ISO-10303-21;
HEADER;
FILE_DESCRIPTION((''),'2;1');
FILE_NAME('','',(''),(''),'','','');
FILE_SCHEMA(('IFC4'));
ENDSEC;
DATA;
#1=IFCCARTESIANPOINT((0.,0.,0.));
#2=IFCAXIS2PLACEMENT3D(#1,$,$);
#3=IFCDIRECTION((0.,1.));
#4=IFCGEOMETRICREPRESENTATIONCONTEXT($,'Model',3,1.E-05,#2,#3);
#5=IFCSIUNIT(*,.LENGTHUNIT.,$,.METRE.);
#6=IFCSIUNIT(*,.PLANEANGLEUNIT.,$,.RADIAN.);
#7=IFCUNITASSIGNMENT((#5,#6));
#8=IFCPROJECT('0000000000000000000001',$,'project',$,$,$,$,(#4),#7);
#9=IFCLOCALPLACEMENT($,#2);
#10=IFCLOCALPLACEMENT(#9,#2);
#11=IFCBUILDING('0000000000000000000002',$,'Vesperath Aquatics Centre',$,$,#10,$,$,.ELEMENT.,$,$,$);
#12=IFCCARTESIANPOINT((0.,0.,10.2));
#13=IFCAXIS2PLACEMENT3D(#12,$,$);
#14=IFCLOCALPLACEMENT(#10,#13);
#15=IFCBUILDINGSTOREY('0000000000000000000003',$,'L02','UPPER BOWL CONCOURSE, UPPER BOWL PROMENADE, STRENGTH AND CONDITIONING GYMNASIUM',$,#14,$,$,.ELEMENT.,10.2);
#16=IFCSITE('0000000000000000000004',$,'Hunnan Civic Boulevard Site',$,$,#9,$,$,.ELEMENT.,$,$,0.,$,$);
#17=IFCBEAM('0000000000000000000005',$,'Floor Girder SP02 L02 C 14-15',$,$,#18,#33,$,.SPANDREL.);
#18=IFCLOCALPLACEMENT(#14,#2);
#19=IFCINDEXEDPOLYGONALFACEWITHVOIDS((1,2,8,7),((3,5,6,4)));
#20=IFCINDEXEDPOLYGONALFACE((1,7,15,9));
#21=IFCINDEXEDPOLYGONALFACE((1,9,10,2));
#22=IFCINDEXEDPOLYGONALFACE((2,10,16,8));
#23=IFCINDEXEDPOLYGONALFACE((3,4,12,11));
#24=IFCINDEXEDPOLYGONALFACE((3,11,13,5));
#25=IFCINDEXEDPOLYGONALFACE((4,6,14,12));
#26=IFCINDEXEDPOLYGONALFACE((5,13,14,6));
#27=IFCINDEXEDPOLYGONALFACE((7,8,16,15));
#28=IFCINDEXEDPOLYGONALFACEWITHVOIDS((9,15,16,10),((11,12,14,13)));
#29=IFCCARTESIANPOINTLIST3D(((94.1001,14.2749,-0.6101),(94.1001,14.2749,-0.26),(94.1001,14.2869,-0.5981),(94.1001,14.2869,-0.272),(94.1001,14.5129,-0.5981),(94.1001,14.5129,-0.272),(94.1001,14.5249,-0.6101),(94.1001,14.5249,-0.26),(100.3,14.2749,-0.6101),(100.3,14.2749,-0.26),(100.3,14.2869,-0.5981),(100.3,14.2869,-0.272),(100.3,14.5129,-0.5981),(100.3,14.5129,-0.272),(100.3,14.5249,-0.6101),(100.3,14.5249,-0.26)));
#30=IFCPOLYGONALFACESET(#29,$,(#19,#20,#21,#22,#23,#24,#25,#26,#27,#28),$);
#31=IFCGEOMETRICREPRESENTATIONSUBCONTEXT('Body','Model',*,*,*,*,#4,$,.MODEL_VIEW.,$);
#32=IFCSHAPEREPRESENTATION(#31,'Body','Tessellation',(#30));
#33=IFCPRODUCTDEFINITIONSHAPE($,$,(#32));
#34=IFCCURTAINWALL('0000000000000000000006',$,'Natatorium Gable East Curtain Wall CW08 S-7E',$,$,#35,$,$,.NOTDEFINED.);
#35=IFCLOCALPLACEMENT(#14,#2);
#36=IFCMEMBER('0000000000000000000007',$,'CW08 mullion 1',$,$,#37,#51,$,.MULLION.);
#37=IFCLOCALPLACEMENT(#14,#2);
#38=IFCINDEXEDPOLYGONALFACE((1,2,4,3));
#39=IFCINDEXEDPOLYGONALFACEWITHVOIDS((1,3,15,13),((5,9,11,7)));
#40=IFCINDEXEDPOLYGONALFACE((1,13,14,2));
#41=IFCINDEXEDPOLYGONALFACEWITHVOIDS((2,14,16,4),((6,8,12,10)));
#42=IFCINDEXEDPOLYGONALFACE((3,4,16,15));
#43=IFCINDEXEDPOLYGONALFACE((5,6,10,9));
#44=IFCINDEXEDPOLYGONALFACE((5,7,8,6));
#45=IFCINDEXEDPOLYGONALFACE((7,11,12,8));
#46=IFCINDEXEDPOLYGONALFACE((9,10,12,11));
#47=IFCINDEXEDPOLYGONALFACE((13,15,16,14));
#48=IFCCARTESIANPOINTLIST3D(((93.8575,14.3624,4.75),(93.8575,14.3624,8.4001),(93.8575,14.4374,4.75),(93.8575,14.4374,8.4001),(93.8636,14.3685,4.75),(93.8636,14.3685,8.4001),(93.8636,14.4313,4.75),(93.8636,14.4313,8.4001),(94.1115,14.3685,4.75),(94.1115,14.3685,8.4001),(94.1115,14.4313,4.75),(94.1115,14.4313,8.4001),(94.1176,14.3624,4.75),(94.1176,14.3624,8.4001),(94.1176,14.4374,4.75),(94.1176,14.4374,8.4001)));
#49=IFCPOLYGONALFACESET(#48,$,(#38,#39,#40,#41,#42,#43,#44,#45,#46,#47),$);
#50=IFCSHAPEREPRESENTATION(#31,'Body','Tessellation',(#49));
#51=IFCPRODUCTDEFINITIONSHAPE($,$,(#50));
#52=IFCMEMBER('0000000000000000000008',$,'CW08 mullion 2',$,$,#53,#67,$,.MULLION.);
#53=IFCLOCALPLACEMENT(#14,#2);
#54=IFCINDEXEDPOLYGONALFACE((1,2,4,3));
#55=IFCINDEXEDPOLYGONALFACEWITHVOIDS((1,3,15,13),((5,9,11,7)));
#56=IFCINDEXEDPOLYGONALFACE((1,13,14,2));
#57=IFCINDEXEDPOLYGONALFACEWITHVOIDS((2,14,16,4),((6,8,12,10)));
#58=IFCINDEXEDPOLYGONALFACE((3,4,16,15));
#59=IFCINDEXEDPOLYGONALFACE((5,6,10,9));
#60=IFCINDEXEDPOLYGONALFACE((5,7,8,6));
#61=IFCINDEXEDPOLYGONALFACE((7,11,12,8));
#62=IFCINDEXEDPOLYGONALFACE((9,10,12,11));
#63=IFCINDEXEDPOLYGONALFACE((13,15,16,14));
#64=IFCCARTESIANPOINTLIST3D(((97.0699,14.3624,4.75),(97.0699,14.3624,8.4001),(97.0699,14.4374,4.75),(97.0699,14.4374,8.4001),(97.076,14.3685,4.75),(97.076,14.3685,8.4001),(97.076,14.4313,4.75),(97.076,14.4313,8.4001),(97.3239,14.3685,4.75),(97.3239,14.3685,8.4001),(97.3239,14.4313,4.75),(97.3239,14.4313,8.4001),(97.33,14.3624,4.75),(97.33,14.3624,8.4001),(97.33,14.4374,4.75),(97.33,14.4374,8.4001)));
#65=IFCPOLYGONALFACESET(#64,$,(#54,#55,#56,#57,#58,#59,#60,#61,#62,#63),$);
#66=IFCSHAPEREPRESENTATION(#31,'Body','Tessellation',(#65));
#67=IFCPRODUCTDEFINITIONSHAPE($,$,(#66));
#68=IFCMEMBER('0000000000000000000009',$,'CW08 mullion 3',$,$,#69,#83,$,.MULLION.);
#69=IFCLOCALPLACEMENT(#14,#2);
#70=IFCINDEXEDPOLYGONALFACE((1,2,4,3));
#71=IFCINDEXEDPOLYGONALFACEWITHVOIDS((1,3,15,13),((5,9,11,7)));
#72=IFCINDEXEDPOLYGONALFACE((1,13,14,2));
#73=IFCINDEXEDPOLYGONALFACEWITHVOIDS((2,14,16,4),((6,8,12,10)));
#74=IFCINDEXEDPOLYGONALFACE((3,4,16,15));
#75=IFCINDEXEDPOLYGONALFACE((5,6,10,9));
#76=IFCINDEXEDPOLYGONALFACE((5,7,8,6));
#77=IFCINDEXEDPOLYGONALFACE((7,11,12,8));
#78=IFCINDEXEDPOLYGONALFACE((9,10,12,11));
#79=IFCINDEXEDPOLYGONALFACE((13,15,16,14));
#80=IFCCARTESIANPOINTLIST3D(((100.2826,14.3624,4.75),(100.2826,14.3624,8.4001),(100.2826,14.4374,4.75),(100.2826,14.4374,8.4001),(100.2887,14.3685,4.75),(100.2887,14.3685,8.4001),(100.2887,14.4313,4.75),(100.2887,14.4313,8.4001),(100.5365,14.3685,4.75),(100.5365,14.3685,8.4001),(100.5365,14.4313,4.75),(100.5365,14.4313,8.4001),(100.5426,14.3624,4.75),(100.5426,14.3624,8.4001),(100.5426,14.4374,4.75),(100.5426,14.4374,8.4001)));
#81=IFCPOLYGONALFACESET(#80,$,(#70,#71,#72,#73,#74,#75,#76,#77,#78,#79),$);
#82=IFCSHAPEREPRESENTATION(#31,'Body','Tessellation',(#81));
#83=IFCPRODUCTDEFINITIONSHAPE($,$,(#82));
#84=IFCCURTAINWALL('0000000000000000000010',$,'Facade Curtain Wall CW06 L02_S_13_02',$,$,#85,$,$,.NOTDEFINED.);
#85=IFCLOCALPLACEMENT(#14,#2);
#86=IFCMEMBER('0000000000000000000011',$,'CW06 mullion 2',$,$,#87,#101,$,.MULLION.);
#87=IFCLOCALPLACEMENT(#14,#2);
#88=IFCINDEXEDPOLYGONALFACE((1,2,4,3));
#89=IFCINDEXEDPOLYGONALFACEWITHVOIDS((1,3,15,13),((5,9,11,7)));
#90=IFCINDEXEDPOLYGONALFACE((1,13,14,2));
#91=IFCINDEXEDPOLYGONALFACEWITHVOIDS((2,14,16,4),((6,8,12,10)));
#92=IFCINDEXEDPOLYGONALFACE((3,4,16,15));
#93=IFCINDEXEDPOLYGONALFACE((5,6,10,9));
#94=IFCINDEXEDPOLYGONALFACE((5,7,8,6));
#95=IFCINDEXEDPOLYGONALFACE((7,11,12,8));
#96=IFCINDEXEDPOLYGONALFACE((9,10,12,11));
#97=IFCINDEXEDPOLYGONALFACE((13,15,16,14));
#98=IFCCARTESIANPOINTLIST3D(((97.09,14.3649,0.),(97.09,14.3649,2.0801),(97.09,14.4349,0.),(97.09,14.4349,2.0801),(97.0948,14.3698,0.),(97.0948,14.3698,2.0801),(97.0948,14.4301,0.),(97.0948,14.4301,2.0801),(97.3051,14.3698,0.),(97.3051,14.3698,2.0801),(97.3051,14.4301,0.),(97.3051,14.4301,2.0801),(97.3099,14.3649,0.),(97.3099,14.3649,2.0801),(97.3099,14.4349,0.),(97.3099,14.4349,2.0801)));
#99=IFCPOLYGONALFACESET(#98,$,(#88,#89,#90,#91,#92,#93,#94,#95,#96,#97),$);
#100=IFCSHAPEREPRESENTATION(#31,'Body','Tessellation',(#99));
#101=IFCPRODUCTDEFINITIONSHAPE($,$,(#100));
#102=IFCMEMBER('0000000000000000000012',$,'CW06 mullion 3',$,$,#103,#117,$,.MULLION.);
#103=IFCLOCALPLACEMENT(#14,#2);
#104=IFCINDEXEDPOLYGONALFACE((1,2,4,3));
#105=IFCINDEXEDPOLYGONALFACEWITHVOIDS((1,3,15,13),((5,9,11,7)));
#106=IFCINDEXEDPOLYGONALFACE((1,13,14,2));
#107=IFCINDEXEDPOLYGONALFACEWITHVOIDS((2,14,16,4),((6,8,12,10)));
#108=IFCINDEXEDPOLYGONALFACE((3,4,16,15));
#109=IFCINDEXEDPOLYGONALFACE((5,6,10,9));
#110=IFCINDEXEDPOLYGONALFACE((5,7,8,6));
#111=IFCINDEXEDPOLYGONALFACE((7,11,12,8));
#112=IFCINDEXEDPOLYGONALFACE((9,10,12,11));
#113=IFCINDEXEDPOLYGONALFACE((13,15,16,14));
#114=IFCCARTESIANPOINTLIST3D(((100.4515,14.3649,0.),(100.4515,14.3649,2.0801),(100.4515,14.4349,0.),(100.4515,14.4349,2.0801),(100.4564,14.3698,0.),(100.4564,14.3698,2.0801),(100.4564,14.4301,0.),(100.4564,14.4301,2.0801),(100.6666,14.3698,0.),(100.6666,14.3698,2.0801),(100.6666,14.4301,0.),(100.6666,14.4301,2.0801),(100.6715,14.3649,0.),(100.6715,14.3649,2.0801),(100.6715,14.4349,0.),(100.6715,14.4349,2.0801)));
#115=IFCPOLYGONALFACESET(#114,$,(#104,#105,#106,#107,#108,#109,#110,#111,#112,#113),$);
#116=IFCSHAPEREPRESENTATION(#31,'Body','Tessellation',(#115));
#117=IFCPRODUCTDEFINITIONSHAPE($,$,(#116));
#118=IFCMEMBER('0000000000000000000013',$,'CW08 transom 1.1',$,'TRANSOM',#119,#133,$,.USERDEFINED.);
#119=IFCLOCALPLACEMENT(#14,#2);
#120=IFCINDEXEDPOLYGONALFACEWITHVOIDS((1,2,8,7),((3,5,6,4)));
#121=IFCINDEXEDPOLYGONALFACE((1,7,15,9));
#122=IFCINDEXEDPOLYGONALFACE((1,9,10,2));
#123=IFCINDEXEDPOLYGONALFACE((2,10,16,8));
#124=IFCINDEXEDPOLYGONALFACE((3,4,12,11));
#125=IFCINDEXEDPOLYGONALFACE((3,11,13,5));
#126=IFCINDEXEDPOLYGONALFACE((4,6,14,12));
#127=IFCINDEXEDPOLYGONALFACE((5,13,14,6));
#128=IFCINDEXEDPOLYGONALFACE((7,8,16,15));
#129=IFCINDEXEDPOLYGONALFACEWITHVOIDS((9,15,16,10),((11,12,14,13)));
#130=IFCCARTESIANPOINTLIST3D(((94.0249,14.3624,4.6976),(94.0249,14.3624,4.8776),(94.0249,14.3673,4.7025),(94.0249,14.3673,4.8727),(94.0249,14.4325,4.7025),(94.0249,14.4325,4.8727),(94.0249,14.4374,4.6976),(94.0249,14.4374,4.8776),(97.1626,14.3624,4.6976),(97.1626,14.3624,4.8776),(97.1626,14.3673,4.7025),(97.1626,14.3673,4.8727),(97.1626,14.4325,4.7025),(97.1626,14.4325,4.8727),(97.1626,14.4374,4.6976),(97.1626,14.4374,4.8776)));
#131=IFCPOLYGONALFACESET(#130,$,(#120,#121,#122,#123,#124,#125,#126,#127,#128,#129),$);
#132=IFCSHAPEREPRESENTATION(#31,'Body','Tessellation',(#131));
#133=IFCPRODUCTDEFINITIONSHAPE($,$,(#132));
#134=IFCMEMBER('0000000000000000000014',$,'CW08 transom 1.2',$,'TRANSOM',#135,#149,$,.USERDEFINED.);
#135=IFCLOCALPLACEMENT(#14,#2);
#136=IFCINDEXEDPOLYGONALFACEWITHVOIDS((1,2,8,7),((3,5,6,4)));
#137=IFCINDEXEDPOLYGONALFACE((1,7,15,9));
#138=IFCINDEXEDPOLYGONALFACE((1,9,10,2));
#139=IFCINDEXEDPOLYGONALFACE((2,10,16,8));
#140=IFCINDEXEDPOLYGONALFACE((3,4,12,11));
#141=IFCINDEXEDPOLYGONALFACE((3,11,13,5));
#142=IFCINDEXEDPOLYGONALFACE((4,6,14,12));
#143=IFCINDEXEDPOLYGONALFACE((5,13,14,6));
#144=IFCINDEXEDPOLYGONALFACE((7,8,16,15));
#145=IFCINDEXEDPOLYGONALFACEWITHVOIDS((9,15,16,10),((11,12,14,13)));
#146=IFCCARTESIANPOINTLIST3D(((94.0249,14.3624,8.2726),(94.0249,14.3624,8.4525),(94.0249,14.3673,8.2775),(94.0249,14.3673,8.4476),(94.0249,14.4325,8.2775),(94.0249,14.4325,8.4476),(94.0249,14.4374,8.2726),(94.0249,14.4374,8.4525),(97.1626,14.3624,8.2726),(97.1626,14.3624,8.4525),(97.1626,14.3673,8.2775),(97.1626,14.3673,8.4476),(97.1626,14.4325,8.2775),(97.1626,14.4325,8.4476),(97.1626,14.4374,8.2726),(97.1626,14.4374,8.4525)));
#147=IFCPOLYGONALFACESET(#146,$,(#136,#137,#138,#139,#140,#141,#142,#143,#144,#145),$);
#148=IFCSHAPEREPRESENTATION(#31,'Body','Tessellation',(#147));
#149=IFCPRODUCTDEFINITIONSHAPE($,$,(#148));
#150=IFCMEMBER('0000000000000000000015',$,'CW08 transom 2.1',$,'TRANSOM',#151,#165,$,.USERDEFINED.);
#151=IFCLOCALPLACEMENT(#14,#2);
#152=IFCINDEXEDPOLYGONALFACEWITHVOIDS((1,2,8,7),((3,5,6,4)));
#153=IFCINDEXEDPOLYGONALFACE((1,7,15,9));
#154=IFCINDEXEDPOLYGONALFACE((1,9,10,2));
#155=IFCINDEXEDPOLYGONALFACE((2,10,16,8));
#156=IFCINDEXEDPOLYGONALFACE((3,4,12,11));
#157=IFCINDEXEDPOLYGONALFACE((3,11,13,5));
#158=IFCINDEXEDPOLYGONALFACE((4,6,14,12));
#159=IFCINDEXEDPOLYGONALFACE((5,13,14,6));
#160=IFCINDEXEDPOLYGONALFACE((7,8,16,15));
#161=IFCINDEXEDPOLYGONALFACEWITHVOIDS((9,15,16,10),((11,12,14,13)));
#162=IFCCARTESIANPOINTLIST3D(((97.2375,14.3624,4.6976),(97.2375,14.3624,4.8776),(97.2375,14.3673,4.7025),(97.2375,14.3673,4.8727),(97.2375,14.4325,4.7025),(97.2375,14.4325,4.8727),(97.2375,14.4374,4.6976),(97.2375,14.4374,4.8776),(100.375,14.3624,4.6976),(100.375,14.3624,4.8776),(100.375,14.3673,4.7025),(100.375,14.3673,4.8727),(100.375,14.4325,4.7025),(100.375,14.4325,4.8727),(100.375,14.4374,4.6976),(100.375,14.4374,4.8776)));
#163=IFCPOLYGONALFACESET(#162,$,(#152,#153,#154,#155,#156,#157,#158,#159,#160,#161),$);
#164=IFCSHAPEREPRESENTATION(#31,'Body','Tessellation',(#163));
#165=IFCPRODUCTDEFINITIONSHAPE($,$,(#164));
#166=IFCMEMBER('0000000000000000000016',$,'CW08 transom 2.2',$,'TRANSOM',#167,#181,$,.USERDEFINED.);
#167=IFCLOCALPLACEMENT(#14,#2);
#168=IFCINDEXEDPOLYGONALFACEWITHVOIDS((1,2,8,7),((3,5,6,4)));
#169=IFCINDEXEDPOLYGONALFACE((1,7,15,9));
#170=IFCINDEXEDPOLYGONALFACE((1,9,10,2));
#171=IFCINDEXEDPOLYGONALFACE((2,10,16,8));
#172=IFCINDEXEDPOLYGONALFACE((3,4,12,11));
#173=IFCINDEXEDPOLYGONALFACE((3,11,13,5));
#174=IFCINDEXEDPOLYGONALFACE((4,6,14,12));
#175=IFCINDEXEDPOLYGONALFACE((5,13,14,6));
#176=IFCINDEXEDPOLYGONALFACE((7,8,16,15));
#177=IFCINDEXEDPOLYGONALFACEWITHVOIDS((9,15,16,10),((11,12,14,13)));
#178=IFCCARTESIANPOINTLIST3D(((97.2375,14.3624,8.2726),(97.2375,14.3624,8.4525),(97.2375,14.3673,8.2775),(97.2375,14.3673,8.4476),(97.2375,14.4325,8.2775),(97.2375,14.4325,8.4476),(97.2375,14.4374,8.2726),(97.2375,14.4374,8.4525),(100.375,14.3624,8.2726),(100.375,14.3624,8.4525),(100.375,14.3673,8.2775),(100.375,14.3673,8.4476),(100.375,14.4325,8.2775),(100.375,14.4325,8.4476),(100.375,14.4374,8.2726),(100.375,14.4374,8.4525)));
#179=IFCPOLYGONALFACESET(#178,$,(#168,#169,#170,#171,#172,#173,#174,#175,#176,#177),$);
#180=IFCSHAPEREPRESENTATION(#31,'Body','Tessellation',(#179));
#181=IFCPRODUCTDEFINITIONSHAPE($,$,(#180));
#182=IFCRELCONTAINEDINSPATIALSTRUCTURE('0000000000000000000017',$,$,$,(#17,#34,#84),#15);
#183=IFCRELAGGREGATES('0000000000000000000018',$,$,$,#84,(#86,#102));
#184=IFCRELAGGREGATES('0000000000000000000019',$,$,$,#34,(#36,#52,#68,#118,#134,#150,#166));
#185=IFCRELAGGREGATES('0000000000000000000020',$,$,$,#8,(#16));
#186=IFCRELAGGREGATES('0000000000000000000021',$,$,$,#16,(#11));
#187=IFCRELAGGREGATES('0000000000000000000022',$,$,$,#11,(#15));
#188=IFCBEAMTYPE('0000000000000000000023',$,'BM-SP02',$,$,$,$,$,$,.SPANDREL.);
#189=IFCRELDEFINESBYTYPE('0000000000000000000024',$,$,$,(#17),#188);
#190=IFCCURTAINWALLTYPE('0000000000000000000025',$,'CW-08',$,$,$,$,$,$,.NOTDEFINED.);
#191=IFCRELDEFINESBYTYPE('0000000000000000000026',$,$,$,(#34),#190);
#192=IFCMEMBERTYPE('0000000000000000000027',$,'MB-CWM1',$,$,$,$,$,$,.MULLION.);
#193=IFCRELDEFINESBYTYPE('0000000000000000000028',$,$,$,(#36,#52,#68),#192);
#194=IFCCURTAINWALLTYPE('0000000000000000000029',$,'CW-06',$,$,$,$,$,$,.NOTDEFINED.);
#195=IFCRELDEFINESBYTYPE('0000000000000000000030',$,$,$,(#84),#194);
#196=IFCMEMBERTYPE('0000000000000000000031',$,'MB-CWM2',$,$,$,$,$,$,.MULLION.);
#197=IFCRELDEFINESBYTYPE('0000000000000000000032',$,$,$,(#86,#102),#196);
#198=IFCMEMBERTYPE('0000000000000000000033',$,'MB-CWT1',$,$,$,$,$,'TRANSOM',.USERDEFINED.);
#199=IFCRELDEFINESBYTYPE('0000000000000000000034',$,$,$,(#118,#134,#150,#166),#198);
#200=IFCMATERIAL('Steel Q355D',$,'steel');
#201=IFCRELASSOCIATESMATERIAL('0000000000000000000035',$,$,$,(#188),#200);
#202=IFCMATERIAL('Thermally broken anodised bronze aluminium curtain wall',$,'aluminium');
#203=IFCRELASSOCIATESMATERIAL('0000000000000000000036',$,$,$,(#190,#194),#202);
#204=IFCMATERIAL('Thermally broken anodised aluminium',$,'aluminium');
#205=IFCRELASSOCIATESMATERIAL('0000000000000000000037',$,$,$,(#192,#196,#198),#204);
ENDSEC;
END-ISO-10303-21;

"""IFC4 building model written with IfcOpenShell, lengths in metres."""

from ifc_helpers import new_model, si_unit, direction, frame, origin, origin_2d, place, context, subcontext, project, spatial, hollow_rectangle, extrude, material, material_profile, profile_set, type_object, element, aggregate, save


model = new_model("IFC4")

# Units and contexts
model_context = context("Model", 3, precision=1e-05, world=origin(), true_north=direction((0.0, 1.0)))
body_context = subcontext(model_context, "Body", "Model", "MODEL_VIEW")
ifc_project = project(units=[si_unit("LENGTHUNIT", "METRE"), si_unit("PLANEANGLEUNIT", "RADIAN")], contexts=[model_context])

# Site, building, storey
site_placement = place(None, origin())
site = spatial("IfcSite", under=ifc_project, at=site_placement, Name="Hunnan Civic Boulevard Site", CompositionType="ELEMENT", RefElevation=0.0)
building_placement = place(site_placement, origin())
building = spatial("IfcBuilding", under=site, at=building_placement, Name="Vesperath Aquatics Centre", CompositionType="ELEMENT")
storey_placement = place(building_placement, frame((0.0, 0.0, 10.2)))
storey = spatial("IfcBuildingStorey", under=building, at=storey_placement, Name="L02", Description="UPPER BOWL CONCOURSE, UPPER BOWL PROMENADE, STRENGTH AND CONDITIONING GYMNASIUM", CompositionType="ELEMENT", Elevation=10.2)

# Shared definitions
ifc_material_1 = material(Name="Steel Q355D", Category="steel")

# Beam
ifc_material_profile_1 = material_profile(ifc_material_1, hollow_rectangle(XDim=0.25, YDim=0.3501, WallThickness=0.012, at=origin_2d()), Name="RHS 350x250x12")
ifc_profile_set_1 = profile_set([ifc_material_profile_1], Name="Steel Q355D")
beam_type_1 = type_object("IfcBeamType", Name="BM-SP02", PredefinedType="SPANDREL", material=ifc_profile_set_1)
beam_1_placement = place(storey_placement, frame((94.1001, 14.3999, -0.4351), z_axis=(1.0, 0.0, 0.0), x_axis=(0.0, 1.0, 0.0)))
element("IfcBeam", 1, at=beam_1_placement, inside=storey, type_object=beam_type_1, Name="Floor Girder SP02 L02 C 14-15", PredefinedType="SPANDREL", context=body_context, shape_type="SweptSolid", body=[
    extrude(hollow_rectangle(XDim=0.25, YDim=0.3501, WallThickness=0.012, at=origin_2d()), origin(), (0.0, 0.0, 1.0), 6.2),
])

# Curtain walls, members
ifc_material_2 = material(Name="Thermally broken anodised bronze aluminium curtain wall", Category="aluminium")
curtain_wall_type_1 = type_object("IfcCurtainWallType", Name="CW-08", PredefinedType="NOTDEFINED", material=ifc_material_2)
curtain_wall_1_placement = place(storey_placement, origin())
curtain_wall_1 = element("IfcCurtainWall", 2, at=curtain_wall_1_placement, inside=storey, type_object=curtain_wall_type_1, Name="Natatorium Gable East Curtain Wall CW08 S-7E", PredefinedType="NOTDEFINED")
ifc_material_3 = material(Name="Thermally broken anodised aluminium", Category="aluminium")
ifc_material_profile_2 = material_profile(ifc_material_3, hollow_rectangle(XDim=0.075, YDim=0.26, WallThickness=0.0061, at=origin_2d()), Name="CWM 75x260x6")
ifc_profile_set_2 = profile_set([ifc_material_profile_2], Name="Thermally broken anodised aluminium")
member_type_1 = type_object("IfcMemberType", Name="MB-CWM1", PredefinedType="MULLION", material=ifc_profile_set_2)
member_1_placement = place(storey_placement, frame((93.9875, 14.3999, 4.75), z_axis=(0.0, 0.0, 1.0), x_axis=(0.0, 1.0, 0.0)))
member_1 = element("IfcMember", 3, at=member_1_placement, type_object=member_type_1, Name="CW08 mullion 1", PredefinedType="MULLION", context=body_context, shape_type="SweptSolid", body=[
    extrude(hollow_rectangle(XDim=0.075, YDim=0.26, WallThickness=0.0061, at=origin_2d()), origin(), (0.0, 0.0, 1.0), 3.6501),
])
member_2_placement = place(storey_placement, frame((97.2, 14.3999, 4.75), z_axis=(0.0, 0.0, 1.0), x_axis=(0.0, 1.0, 0.0)))
member_2 = element("IfcMember", 4, at=member_2_placement, type_object=member_type_1, Name="CW08 mullion 2", PredefinedType="MULLION", context=body_context, shape_type="SweptSolid", body=[
    extrude(hollow_rectangle(XDim=0.075, YDim=0.26, WallThickness=0.0061, at=origin_2d()), origin(), (0.0, 0.0, 1.0), 3.6501),
])
member_3_placement = place(storey_placement, frame((100.4126, 14.3999, 4.75), z_axis=(0.0, 0.0, 1.0), x_axis=(0.0, 1.0, 0.0)))
member_3 = element("IfcMember", 5, at=member_3_placement, type_object=member_type_1, Name="CW08 mullion 3", PredefinedType="MULLION", context=body_context, shape_type="SweptSolid", body=[
    extrude(hollow_rectangle(XDim=0.075, YDim=0.26, WallThickness=0.0061, at=origin_2d()), origin(), (0.0, 0.0, 1.0), 3.6501),
])
curtain_wall_type_2 = type_object("IfcCurtainWallType", Name="CW-06", PredefinedType="NOTDEFINED", material=ifc_material_2)
curtain_wall_2_placement = place(storey_placement, origin())
curtain_wall_2 = element("IfcCurtainWall", 6, at=curtain_wall_2_placement, inside=storey, type_object=curtain_wall_type_2, Name="Facade Curtain Wall CW06 L02_S_13_02", PredefinedType="NOTDEFINED")
ifc_material_profile_3 = material_profile(ifc_material_3, hollow_rectangle(XDim=0.0701, YDim=0.22, WallThickness=0.0049, at=origin_2d()), Name="CWM 70x220x5")
ifc_profile_set_3 = profile_set([ifc_material_profile_3], Name="Thermally broken anodised aluminium")
member_type_2 = type_object("IfcMemberType", Name="MB-CWM2", PredefinedType="MULLION", material=ifc_profile_set_3)
member_4_placement = place(storey_placement, frame((97.2, 14.3999, 0.0), z_axis=(0.0, 0.0, 1.0), x_axis=(0.0, 1.0, 0.0)))
member_4 = element("IfcMember", 7, at=member_4_placement, type_object=member_type_2, Name="CW06 mullion 2", PredefinedType="MULLION", context=body_context, shape_type="SweptSolid", body=[
    extrude(hollow_rectangle(XDim=0.0701, YDim=0.22, WallThickness=0.0049, at=origin_2d()), origin(), (0.0, 0.0, 1.0), 2.0801),
])
member_5_placement = place(storey_placement, frame((100.5615, 14.3999, 0.0), z_axis=(0.0, 0.0, 1.0), x_axis=(0.0, 1.0, 0.0)))
member_5 = element("IfcMember", 8, at=member_5_placement, type_object=member_type_2, Name="CW06 mullion 3", PredefinedType="MULLION", context=body_context, shape_type="SweptSolid", body=[
    extrude(hollow_rectangle(XDim=0.0701, YDim=0.22, WallThickness=0.0049, at=origin_2d()), origin(), (0.0, 0.0, 1.0), 2.0801),
])

# Members
ifc_material_profile_4 = material_profile(ifc_material_3, hollow_rectangle(XDim=0.075, YDim=0.1799, WallThickness=0.0049, at=origin_2d()), Name="CWT 75x180x5")
ifc_profile_set_4 = profile_set([ifc_material_profile_4], Name="Thermally broken anodised aluminium")
member_type_3 = type_object("IfcMemberType", Name="MB-CWT1", ElementType="TRANSOM", PredefinedType="USERDEFINED", material=ifc_profile_set_4)
member_6_placement = place(storey_placement, frame((94.0249, 14.3999, 4.7876), z_axis=(1.0, 0.0, 0.0), x_axis=(0.0, 1.0, 0.0)))
member_6 = element("IfcMember", 9, at=member_6_placement, type_object=member_type_3, Name="CW08 transom 1.1", ObjectType="TRANSOM", PredefinedType="USERDEFINED", context=body_context, shape_type="SweptSolid", body=[
    extrude(hollow_rectangle(XDim=0.075, YDim=0.1799, WallThickness=0.0049, at=origin_2d()), origin(), (0.0, 0.0, 1.0), 3.1377),
])
member_7_placement = place(storey_placement, frame((94.0249, 14.3999, 8.3625), z_axis=(1.0, 0.0, 0.0), x_axis=(0.0, 1.0, 0.0)))
member_7 = element("IfcMember", 10, at=member_7_placement, type_object=member_type_3, Name="CW08 transom 1.2", ObjectType="TRANSOM", PredefinedType="USERDEFINED", context=body_context, shape_type="SweptSolid", body=[
    extrude(hollow_rectangle(XDim=0.075, YDim=0.1799, WallThickness=0.0049, at=origin_2d()), origin(), (0.0, 0.0, 1.0), 3.1377),
])
member_8_placement = place(storey_placement, frame((97.2375, 14.3999, 4.7876), z_axis=(1.0, 0.0, 0.0), x_axis=(0.0, 1.0, 0.0)))
member_8 = element("IfcMember", 11, at=member_8_placement, type_object=member_type_3, Name="CW08 transom 2.1", ObjectType="TRANSOM", PredefinedType="USERDEFINED", context=body_context, shape_type="SweptSolid", body=[
    extrude(hollow_rectangle(XDim=0.075, YDim=0.1799, WallThickness=0.0049, at=origin_2d()), origin(), (0.0, 0.0, 1.0), 3.1375),
])
member_9_placement = place(storey_placement, frame((97.2375, 14.3999, 8.3625), z_axis=(1.0, 0.0, 0.0), x_axis=(0.0, 1.0, 0.0)))
member_9 = element("IfcMember", 12, at=member_9_placement, type_object=member_type_3, Name="CW08 transom 2.2", ObjectType="TRANSOM", PredefinedType="USERDEFINED", context=body_context, shape_type="SweptSolid", body=[
    extrude(hollow_rectangle(XDim=0.075, YDim=0.1799, WallThickness=0.0049, at=origin_2d()), origin(), (0.0, 0.0, 1.0), 3.1375),
])

aggregate(curtain_wall_2, [member_4, member_5])
aggregate(curtain_wall_1, [member_1, member_2, member_3, member_6, member_7, member_8, member_9])

save(model, "model.ifc")
